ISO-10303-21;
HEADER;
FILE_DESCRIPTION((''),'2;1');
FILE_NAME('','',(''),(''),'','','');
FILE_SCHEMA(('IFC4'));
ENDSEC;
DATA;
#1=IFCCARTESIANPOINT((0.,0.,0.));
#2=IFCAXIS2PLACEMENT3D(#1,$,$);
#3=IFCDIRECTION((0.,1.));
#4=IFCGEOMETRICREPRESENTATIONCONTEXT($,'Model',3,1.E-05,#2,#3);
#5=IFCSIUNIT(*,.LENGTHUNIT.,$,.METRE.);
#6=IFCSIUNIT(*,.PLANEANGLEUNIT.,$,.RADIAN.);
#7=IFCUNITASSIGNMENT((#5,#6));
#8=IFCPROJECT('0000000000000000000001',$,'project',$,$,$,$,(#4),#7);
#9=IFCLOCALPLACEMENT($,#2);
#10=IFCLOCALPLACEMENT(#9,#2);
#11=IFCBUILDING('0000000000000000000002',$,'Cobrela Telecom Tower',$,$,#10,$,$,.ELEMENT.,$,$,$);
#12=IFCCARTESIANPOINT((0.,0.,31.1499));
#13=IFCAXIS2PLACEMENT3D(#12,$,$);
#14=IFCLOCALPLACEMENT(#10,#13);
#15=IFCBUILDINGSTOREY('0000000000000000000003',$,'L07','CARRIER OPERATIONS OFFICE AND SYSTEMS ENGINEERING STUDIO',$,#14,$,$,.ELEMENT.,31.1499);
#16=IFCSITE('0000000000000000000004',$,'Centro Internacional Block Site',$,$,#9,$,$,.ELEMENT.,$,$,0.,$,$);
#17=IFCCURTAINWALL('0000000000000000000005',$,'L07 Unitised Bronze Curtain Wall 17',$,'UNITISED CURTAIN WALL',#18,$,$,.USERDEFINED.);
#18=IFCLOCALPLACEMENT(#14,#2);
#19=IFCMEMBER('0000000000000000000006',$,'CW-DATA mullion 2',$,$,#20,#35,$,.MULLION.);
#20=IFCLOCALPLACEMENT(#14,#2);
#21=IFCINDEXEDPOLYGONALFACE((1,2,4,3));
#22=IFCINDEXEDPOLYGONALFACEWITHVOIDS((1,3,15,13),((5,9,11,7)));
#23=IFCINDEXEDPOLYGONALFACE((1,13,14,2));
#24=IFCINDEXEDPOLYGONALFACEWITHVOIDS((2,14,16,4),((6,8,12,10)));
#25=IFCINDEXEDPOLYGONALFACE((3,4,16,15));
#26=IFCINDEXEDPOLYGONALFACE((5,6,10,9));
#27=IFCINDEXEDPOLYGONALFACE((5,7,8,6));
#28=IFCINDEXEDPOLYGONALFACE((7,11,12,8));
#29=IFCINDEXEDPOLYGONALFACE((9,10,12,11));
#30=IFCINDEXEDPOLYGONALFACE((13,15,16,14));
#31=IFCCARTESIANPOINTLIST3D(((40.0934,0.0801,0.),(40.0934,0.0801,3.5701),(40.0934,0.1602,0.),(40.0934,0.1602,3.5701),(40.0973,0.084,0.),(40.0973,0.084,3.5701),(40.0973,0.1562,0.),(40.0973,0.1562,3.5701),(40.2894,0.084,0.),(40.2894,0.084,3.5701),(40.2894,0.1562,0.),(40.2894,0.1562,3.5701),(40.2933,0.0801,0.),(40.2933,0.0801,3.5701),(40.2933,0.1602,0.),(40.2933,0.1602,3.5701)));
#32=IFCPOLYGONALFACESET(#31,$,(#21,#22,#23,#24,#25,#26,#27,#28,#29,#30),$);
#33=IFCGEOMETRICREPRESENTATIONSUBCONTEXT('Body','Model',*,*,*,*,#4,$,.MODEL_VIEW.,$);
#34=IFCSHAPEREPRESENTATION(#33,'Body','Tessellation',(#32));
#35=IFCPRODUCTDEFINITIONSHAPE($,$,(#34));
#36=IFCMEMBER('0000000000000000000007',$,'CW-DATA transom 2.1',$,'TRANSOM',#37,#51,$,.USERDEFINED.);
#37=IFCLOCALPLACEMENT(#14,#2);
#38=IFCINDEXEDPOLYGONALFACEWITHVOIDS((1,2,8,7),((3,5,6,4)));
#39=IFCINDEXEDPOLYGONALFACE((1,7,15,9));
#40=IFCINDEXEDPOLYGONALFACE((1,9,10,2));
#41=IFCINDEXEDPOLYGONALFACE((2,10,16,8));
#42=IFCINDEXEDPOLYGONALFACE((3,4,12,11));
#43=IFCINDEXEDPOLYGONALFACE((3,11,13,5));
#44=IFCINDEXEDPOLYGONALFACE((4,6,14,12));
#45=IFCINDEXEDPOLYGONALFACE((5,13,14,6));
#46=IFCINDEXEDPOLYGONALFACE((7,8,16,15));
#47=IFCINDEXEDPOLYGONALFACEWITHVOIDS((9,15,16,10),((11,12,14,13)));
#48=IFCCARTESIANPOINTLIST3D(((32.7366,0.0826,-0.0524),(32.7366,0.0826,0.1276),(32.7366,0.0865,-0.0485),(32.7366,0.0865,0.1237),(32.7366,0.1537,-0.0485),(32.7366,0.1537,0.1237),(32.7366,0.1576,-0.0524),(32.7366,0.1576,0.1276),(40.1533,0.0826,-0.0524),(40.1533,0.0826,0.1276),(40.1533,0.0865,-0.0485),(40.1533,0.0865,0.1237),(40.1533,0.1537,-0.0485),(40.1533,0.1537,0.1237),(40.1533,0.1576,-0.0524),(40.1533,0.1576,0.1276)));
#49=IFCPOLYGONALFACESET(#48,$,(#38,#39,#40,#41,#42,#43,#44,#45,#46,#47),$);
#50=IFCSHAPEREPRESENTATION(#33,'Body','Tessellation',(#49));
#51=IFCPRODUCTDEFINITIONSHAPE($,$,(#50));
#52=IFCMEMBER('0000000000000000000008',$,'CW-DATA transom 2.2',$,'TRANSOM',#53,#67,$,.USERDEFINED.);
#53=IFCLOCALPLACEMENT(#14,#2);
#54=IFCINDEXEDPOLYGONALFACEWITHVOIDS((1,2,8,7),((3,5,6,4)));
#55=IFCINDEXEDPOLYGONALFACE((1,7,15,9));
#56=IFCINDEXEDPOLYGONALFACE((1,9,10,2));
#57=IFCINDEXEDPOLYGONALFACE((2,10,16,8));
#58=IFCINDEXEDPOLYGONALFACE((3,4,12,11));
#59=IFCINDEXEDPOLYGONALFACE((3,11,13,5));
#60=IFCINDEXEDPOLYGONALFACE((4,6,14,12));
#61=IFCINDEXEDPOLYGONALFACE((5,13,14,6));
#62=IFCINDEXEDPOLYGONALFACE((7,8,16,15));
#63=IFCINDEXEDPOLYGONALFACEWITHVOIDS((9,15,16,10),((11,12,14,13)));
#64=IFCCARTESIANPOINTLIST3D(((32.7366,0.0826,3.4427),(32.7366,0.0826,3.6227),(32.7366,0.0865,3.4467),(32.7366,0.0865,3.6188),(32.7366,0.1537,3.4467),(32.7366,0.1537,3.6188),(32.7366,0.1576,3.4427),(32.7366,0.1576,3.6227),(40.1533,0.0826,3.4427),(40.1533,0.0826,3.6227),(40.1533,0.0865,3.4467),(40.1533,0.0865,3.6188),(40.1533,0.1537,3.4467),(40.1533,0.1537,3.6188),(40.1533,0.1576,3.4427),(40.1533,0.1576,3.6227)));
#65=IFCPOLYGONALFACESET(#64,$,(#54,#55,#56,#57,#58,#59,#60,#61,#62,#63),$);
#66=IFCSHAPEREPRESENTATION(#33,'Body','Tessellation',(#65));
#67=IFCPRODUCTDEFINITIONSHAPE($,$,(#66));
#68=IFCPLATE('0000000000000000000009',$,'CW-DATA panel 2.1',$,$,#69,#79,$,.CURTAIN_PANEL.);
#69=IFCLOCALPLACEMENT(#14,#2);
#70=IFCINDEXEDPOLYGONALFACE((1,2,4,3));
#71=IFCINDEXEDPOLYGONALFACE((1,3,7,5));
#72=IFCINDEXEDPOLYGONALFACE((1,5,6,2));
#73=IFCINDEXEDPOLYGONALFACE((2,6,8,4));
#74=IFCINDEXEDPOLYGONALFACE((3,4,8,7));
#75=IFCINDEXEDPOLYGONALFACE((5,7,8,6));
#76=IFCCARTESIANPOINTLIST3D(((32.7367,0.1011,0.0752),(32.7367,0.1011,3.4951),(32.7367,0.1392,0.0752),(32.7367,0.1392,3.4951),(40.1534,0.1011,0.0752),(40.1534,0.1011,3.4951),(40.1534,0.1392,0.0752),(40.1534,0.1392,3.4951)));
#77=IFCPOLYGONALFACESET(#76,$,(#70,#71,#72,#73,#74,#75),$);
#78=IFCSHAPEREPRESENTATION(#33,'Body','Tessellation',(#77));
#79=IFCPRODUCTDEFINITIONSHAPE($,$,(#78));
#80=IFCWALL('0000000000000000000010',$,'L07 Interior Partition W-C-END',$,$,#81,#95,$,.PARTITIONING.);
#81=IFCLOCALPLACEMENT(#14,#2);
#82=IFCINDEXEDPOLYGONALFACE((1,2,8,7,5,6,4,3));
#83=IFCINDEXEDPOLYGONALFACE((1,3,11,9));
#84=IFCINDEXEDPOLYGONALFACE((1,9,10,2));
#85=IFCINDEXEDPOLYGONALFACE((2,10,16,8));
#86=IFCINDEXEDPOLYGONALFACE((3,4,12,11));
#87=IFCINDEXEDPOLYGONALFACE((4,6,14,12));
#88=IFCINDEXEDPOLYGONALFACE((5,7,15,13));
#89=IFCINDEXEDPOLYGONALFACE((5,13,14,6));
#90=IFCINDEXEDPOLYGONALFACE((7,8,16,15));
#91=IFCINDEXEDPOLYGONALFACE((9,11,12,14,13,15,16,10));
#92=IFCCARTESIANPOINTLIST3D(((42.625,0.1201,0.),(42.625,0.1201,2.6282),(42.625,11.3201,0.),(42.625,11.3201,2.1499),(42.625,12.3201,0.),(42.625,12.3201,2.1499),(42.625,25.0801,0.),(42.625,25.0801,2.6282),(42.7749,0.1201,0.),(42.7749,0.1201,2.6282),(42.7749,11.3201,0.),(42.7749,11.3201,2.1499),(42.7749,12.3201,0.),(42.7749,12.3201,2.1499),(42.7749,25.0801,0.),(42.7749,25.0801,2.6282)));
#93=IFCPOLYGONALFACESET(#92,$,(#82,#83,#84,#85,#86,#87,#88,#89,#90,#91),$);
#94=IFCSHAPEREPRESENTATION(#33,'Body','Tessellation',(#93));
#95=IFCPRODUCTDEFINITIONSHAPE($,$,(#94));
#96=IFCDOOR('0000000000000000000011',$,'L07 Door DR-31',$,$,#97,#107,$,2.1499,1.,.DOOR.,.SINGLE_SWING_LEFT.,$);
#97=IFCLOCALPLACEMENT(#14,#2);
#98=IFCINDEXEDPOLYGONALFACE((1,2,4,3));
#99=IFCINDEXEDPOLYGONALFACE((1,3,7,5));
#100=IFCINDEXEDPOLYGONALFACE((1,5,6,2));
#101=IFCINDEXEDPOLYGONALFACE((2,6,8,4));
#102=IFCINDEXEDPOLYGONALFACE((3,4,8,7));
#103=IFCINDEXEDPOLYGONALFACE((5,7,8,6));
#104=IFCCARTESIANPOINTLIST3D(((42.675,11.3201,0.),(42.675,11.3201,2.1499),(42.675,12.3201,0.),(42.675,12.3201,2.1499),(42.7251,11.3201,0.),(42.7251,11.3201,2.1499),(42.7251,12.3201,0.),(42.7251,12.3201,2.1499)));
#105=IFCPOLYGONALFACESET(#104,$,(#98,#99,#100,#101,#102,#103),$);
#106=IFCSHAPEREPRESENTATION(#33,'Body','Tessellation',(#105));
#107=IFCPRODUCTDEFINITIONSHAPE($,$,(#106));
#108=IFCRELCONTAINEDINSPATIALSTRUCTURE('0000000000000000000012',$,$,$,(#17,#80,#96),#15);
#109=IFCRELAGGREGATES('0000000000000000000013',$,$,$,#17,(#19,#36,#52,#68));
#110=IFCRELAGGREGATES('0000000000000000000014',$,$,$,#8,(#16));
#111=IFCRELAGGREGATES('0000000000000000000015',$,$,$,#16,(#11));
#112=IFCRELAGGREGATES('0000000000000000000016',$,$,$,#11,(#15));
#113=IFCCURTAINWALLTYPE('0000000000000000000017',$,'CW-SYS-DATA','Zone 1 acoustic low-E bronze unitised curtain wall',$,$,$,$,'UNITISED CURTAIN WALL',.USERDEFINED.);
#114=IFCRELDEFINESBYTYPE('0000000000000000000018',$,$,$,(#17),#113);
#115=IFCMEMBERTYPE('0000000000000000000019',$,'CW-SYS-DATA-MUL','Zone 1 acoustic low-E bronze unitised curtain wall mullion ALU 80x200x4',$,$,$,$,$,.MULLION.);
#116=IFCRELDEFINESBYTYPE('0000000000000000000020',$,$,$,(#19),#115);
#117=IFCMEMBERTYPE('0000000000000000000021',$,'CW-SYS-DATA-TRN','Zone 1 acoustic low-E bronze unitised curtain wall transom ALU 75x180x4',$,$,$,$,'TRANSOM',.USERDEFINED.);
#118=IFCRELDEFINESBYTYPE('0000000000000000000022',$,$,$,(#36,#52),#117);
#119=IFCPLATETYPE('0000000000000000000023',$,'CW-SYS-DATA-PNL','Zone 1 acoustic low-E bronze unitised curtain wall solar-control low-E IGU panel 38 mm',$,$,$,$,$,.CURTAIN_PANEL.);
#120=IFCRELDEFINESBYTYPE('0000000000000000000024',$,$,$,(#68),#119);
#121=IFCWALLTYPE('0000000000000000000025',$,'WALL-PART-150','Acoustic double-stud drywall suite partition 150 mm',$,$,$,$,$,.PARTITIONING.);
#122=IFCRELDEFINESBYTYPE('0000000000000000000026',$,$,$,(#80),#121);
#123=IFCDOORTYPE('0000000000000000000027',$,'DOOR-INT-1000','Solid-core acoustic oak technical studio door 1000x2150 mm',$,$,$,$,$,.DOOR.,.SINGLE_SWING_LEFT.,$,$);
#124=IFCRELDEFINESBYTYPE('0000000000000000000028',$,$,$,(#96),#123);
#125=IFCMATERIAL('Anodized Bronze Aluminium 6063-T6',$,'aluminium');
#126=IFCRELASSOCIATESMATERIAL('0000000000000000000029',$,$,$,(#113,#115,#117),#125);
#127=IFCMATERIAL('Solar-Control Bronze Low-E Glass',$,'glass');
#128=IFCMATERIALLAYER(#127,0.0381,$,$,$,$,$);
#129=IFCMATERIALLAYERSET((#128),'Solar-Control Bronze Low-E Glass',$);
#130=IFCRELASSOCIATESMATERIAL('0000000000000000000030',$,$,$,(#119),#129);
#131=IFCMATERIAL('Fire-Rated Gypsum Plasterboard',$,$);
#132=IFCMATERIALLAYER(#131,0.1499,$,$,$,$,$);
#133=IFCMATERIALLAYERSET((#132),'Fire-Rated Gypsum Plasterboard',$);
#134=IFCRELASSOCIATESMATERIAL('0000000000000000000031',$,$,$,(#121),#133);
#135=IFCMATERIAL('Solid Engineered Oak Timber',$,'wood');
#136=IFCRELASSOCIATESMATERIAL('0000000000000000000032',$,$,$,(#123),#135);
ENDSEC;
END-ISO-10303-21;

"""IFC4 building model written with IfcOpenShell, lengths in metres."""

from ifc_helpers import new_model, si_unit, direction, frame, frame_2d, origin, origin_2d, place, context, subcontext, project, spatial, rectangle, hollow_rectangle, extrude, material, layer, layer_set, material_profile, profile_set, type_object, element, fill, aggregate, save


model = new_model("IFC4")

# Units and contexts
model_context = context("Model", 3, precision=1e-05, world=origin(), true_north=direction((0.0, 1.0)))
body_context = subcontext(model_context, "Body", "Model", "MODEL_VIEW")
ifc_project = project(units=[si_unit("LENGTHUNIT", "METRE"), si_unit("PLANEANGLEUNIT", "RADIAN")], contexts=[model_context])

# Site, building, storey
site_placement = place(None, origin())
site = spatial("IfcSite", under=ifc_project, at=site_placement, Name="Centro Internacional Block Site", CompositionType="ELEMENT", RefElevation=0.0)
building_placement = place(site_placement, origin())
building = spatial("IfcBuilding", under=site, at=building_placement, Name="Cobrela Telecom Tower", CompositionType="ELEMENT")
storey_placement = place(building_placement, frame((0.0, 0.0, 31.1499)))
storey = spatial("IfcBuildingStorey", under=building, at=storey_placement, Name="L07", Description="CARRIER OPERATIONS OFFICE AND SYSTEMS ENGINEERING STUDIO", CompositionType="ELEMENT", Elevation=31.1499)

# Curtain wall, members, plate
ifc_material_1 = material(Name="Anodized Bronze Aluminium 6063-T6", Category="aluminium")
curtain_wall_type = type_object("IfcCurtainWallType", Name="CW-SYS-DATA", Description="Zone 1 acoustic low-E bronze unitised curtain wall", ElementType="UNITISED CURTAIN WALL", PredefinedType="USERDEFINED", material=ifc_material_1)
curtain_wall_placement = place(storey_placement, origin())
curtain_wall = element("IfcCurtainWall", 1, at=curtain_wall_placement, inside=storey, type_object=curtain_wall_type, Name="L07 Unitised Bronze Curtain Wall 17", ObjectType="UNITISED CURTAIN WALL", PredefinedType="USERDEFINED")
ifc_material_profile_1 = material_profile(ifc_material_1, hollow_rectangle(XDim=0.0801, YDim=0.2, WallThickness=0.0039, at=origin_2d()), Name="ALU 80x200x4")
ifc_profile_set_1 = profile_set([ifc_material_profile_1], Name="Anodized Bronze Aluminium 6063-T6")
member_type_1 = type_object("IfcMemberType", Name="CW-SYS-DATA-MUL", Description="Zone 1 acoustic low-E bronze unitised curtain wall mullion ALU 80x200x4", PredefinedType="MULLION", material=ifc_profile_set_1)
member_1_placement = place(storey_placement, frame((40.1934, 0.1201, 0.0), z_axis=(0.0, 0.0, 1.0), x_axis=(0.0, -1.0, 0.0)))
member_1 = element("IfcMember", 2, at=member_1_placement, type_object=member_type_1, Name="CW-DATA mullion 2", PredefinedType="MULLION", context=body_context, shape_type="SweptSolid", body=[
    extrude(hollow_rectangle(XDim=0.0801, YDim=0.2, WallThickness=0.0039, at=origin_2d()), origin(), (0.0, 0.0, 1.0), 3.5701),
])
ifc_material_profile_2 = material_profile(ifc_material_1, hollow_rectangle(XDim=0.075, YDim=0.1799, WallThickness=0.0039, at=origin_2d()), Name="ALU 75x180x4")
ifc_profile_set_2 = profile_set([ifc_material_profile_2], Name="Anodized Bronze Aluminium 6063-T6")
member_type_2 = type_object("IfcMemberType", Name="CW-SYS-DATA-TRN", Description="Zone 1 acoustic low-E bronze unitised curtain wall transom ALU 75x180x4", ElementType="TRANSOM", PredefinedType="USERDEFINED", material=ifc_profile_set_2)
member_2_placement = place(storey_placement, frame((40.1533, 0.1201, 0.0376), z_axis=(-1.0, 0.0, 0.0), x_axis=(0.0, -1.0, 0.0)))
member_2 = element("IfcMember", 3, at=member_2_placement, type_object=member_type_2, Name="CW-DATA transom 2.1", ObjectType="TRANSOM", PredefinedType="USERDEFINED", context=body_context, shape_type="SweptSolid", body=[
    extrude(hollow_rectangle(XDim=0.075, YDim=0.1799, WallThickness=0.0039, at=origin_2d()), origin(), (0.0, 0.0, 1.0), 7.4167),
])
member_3_placement = place(storey_placement, frame((40.1533, 0.1201, 3.5327), z_axis=(-1.0, 0.0, 0.0), x_axis=(0.0, -1.0, 0.0)))
member_3 = element("IfcMember", 4, at=member_3_placement, type_object=member_type_2, Name="CW-DATA transom 2.2", ObjectType="TRANSOM", PredefinedType="USERDEFINED", context=body_context, shape_type="SweptSolid", body=[
    extrude(hollow_rectangle(XDim=0.075, YDim=0.1799, WallThickness=0.0039, at=origin_2d()), origin(), (0.0, 0.0, 1.0), 7.4167),
])
ifc_material_2 = material(Name="Solar-Control Bronze Low-E Glass", Category="glass")
ifc_layer_1 = layer(ifc_material_2, 0.0381)
ifc_layer_set_1 = layer_set([ifc_layer_1], Name="Solar-Control Bronze Low-E Glass")
plate_type = type_object("IfcPlateType", Name="CW-SYS-DATA-PNL", Description="Zone 1 acoustic low-E bronze unitised curtain wall solar-control low-E IGU panel 38 mm", PredefinedType="CURTAIN_PANEL", material=ifc_layer_set_1)
plate_placement = place(storey_placement, frame((36.4451, 0.1201, 0.0752), z_axis=(0.0, 0.0, 1.0), x_axis=(-1.0, 0.0, 0.0)))
plate = element("IfcPlate", 5, at=plate_placement, type_object=plate_type, Name="CW-DATA panel 2.1", PredefinedType="CURTAIN_PANEL", context=body_context, shape_type="SweptSolid", body=[
    extrude(rectangle(XDim=7.4167, YDim=0.0381, at=origin_2d()), origin(), (0.0, 0.0, 1.0), 3.4199),
])
aggregate(curtain_wall, [member_1, member_2, member_3, plate])

# Wall, opening, door
ifc_material_3 = material(Name="Fire-Rated Gypsum Plasterboard")
ifc_layer_2 = layer(ifc_material_3, 0.1499)
ifc_layer_set_2 = layer_set([ifc_layer_2], Name="Fire-Rated Gypsum Plasterboard")
wall_type = type_object("IfcWallType", Name="WALL-PART-150", Description="Acoustic double-stud drywall suite partition 150 mm", PredefinedType="PARTITIONING", material=ifc_layer_set_2)
wall_placement = place(storey_placement, frame((42.7, 0.1201, 0.0), z_axis=(0.0, 0.0, 1.0), x_axis=(0.0, 1.0, 0.0)))
wall = element("IfcWall", 6, at=wall_placement, inside=storey, type_object=wall_type, Name="L07 Interior Partition W-C-END", PredefinedType="PARTITIONING", context=body_context, shape_type="SweptSolid", body=[
    extrude(rectangle(XDim=24.96, YDim=0.1499, at=frame_2d((12.48, 0.0))), origin(), (0.0, 0.0, 1.0), 2.6282),
])
opening_placement = place(wall_placement, frame((11.2, 0.0, 0.0)))
opening = element("IfcOpeningElement", 7, at=opening_placement, cuts=wall, PredefinedType="OPENING", context=body_context, shape_type="SweptSolid", body=[
    extrude(rectangle(XDim=1.0, YDim=2.1499, at=frame_2d((0.5, 1.075))), frame((0.0, 0.0869, 0.0), z_axis=(0.0, -1.0, 0.0), x_axis=(1.0, 0.0, 0.0)), (0.0, 0.0, 1.0), 0.1738),
])
ifc_material_4 = material(Name="Solid Engineered Oak Timber", Category="wood")
door_type = type_object("IfcDoorType", Name="DOOR-INT-1000", Description="Solid-core acoustic oak technical studio door 1000x2150 mm", OperationType="SINGLE_SWING_LEFT", PredefinedType="DOOR", material=ifc_material_4)
door_placement = place(opening_placement, origin())
door = element("IfcDoor", 8, at=door_placement, inside=storey, type_object=door_type, Name="L07 Door DR-31", OperationType="SINGLE_SWING_LEFT", OverallHeight=2.1499, OverallWidth=1.0, PredefinedType="DOOR", context=body_context, shape_type="SweptSolid", body=[
    extrude(rectangle(XDim=1.0, YDim=2.1499, at=frame_2d((0.5, 1.075))), frame((0.0, 0.0249, 0.0), z_axis=(0.0, -1.0, 0.0), x_axis=(1.0, 0.0, 0.0)), (0.0, 0.0, 1.0), 0.05),
])
fill(opening, door)

save(model, "model.ifc")
